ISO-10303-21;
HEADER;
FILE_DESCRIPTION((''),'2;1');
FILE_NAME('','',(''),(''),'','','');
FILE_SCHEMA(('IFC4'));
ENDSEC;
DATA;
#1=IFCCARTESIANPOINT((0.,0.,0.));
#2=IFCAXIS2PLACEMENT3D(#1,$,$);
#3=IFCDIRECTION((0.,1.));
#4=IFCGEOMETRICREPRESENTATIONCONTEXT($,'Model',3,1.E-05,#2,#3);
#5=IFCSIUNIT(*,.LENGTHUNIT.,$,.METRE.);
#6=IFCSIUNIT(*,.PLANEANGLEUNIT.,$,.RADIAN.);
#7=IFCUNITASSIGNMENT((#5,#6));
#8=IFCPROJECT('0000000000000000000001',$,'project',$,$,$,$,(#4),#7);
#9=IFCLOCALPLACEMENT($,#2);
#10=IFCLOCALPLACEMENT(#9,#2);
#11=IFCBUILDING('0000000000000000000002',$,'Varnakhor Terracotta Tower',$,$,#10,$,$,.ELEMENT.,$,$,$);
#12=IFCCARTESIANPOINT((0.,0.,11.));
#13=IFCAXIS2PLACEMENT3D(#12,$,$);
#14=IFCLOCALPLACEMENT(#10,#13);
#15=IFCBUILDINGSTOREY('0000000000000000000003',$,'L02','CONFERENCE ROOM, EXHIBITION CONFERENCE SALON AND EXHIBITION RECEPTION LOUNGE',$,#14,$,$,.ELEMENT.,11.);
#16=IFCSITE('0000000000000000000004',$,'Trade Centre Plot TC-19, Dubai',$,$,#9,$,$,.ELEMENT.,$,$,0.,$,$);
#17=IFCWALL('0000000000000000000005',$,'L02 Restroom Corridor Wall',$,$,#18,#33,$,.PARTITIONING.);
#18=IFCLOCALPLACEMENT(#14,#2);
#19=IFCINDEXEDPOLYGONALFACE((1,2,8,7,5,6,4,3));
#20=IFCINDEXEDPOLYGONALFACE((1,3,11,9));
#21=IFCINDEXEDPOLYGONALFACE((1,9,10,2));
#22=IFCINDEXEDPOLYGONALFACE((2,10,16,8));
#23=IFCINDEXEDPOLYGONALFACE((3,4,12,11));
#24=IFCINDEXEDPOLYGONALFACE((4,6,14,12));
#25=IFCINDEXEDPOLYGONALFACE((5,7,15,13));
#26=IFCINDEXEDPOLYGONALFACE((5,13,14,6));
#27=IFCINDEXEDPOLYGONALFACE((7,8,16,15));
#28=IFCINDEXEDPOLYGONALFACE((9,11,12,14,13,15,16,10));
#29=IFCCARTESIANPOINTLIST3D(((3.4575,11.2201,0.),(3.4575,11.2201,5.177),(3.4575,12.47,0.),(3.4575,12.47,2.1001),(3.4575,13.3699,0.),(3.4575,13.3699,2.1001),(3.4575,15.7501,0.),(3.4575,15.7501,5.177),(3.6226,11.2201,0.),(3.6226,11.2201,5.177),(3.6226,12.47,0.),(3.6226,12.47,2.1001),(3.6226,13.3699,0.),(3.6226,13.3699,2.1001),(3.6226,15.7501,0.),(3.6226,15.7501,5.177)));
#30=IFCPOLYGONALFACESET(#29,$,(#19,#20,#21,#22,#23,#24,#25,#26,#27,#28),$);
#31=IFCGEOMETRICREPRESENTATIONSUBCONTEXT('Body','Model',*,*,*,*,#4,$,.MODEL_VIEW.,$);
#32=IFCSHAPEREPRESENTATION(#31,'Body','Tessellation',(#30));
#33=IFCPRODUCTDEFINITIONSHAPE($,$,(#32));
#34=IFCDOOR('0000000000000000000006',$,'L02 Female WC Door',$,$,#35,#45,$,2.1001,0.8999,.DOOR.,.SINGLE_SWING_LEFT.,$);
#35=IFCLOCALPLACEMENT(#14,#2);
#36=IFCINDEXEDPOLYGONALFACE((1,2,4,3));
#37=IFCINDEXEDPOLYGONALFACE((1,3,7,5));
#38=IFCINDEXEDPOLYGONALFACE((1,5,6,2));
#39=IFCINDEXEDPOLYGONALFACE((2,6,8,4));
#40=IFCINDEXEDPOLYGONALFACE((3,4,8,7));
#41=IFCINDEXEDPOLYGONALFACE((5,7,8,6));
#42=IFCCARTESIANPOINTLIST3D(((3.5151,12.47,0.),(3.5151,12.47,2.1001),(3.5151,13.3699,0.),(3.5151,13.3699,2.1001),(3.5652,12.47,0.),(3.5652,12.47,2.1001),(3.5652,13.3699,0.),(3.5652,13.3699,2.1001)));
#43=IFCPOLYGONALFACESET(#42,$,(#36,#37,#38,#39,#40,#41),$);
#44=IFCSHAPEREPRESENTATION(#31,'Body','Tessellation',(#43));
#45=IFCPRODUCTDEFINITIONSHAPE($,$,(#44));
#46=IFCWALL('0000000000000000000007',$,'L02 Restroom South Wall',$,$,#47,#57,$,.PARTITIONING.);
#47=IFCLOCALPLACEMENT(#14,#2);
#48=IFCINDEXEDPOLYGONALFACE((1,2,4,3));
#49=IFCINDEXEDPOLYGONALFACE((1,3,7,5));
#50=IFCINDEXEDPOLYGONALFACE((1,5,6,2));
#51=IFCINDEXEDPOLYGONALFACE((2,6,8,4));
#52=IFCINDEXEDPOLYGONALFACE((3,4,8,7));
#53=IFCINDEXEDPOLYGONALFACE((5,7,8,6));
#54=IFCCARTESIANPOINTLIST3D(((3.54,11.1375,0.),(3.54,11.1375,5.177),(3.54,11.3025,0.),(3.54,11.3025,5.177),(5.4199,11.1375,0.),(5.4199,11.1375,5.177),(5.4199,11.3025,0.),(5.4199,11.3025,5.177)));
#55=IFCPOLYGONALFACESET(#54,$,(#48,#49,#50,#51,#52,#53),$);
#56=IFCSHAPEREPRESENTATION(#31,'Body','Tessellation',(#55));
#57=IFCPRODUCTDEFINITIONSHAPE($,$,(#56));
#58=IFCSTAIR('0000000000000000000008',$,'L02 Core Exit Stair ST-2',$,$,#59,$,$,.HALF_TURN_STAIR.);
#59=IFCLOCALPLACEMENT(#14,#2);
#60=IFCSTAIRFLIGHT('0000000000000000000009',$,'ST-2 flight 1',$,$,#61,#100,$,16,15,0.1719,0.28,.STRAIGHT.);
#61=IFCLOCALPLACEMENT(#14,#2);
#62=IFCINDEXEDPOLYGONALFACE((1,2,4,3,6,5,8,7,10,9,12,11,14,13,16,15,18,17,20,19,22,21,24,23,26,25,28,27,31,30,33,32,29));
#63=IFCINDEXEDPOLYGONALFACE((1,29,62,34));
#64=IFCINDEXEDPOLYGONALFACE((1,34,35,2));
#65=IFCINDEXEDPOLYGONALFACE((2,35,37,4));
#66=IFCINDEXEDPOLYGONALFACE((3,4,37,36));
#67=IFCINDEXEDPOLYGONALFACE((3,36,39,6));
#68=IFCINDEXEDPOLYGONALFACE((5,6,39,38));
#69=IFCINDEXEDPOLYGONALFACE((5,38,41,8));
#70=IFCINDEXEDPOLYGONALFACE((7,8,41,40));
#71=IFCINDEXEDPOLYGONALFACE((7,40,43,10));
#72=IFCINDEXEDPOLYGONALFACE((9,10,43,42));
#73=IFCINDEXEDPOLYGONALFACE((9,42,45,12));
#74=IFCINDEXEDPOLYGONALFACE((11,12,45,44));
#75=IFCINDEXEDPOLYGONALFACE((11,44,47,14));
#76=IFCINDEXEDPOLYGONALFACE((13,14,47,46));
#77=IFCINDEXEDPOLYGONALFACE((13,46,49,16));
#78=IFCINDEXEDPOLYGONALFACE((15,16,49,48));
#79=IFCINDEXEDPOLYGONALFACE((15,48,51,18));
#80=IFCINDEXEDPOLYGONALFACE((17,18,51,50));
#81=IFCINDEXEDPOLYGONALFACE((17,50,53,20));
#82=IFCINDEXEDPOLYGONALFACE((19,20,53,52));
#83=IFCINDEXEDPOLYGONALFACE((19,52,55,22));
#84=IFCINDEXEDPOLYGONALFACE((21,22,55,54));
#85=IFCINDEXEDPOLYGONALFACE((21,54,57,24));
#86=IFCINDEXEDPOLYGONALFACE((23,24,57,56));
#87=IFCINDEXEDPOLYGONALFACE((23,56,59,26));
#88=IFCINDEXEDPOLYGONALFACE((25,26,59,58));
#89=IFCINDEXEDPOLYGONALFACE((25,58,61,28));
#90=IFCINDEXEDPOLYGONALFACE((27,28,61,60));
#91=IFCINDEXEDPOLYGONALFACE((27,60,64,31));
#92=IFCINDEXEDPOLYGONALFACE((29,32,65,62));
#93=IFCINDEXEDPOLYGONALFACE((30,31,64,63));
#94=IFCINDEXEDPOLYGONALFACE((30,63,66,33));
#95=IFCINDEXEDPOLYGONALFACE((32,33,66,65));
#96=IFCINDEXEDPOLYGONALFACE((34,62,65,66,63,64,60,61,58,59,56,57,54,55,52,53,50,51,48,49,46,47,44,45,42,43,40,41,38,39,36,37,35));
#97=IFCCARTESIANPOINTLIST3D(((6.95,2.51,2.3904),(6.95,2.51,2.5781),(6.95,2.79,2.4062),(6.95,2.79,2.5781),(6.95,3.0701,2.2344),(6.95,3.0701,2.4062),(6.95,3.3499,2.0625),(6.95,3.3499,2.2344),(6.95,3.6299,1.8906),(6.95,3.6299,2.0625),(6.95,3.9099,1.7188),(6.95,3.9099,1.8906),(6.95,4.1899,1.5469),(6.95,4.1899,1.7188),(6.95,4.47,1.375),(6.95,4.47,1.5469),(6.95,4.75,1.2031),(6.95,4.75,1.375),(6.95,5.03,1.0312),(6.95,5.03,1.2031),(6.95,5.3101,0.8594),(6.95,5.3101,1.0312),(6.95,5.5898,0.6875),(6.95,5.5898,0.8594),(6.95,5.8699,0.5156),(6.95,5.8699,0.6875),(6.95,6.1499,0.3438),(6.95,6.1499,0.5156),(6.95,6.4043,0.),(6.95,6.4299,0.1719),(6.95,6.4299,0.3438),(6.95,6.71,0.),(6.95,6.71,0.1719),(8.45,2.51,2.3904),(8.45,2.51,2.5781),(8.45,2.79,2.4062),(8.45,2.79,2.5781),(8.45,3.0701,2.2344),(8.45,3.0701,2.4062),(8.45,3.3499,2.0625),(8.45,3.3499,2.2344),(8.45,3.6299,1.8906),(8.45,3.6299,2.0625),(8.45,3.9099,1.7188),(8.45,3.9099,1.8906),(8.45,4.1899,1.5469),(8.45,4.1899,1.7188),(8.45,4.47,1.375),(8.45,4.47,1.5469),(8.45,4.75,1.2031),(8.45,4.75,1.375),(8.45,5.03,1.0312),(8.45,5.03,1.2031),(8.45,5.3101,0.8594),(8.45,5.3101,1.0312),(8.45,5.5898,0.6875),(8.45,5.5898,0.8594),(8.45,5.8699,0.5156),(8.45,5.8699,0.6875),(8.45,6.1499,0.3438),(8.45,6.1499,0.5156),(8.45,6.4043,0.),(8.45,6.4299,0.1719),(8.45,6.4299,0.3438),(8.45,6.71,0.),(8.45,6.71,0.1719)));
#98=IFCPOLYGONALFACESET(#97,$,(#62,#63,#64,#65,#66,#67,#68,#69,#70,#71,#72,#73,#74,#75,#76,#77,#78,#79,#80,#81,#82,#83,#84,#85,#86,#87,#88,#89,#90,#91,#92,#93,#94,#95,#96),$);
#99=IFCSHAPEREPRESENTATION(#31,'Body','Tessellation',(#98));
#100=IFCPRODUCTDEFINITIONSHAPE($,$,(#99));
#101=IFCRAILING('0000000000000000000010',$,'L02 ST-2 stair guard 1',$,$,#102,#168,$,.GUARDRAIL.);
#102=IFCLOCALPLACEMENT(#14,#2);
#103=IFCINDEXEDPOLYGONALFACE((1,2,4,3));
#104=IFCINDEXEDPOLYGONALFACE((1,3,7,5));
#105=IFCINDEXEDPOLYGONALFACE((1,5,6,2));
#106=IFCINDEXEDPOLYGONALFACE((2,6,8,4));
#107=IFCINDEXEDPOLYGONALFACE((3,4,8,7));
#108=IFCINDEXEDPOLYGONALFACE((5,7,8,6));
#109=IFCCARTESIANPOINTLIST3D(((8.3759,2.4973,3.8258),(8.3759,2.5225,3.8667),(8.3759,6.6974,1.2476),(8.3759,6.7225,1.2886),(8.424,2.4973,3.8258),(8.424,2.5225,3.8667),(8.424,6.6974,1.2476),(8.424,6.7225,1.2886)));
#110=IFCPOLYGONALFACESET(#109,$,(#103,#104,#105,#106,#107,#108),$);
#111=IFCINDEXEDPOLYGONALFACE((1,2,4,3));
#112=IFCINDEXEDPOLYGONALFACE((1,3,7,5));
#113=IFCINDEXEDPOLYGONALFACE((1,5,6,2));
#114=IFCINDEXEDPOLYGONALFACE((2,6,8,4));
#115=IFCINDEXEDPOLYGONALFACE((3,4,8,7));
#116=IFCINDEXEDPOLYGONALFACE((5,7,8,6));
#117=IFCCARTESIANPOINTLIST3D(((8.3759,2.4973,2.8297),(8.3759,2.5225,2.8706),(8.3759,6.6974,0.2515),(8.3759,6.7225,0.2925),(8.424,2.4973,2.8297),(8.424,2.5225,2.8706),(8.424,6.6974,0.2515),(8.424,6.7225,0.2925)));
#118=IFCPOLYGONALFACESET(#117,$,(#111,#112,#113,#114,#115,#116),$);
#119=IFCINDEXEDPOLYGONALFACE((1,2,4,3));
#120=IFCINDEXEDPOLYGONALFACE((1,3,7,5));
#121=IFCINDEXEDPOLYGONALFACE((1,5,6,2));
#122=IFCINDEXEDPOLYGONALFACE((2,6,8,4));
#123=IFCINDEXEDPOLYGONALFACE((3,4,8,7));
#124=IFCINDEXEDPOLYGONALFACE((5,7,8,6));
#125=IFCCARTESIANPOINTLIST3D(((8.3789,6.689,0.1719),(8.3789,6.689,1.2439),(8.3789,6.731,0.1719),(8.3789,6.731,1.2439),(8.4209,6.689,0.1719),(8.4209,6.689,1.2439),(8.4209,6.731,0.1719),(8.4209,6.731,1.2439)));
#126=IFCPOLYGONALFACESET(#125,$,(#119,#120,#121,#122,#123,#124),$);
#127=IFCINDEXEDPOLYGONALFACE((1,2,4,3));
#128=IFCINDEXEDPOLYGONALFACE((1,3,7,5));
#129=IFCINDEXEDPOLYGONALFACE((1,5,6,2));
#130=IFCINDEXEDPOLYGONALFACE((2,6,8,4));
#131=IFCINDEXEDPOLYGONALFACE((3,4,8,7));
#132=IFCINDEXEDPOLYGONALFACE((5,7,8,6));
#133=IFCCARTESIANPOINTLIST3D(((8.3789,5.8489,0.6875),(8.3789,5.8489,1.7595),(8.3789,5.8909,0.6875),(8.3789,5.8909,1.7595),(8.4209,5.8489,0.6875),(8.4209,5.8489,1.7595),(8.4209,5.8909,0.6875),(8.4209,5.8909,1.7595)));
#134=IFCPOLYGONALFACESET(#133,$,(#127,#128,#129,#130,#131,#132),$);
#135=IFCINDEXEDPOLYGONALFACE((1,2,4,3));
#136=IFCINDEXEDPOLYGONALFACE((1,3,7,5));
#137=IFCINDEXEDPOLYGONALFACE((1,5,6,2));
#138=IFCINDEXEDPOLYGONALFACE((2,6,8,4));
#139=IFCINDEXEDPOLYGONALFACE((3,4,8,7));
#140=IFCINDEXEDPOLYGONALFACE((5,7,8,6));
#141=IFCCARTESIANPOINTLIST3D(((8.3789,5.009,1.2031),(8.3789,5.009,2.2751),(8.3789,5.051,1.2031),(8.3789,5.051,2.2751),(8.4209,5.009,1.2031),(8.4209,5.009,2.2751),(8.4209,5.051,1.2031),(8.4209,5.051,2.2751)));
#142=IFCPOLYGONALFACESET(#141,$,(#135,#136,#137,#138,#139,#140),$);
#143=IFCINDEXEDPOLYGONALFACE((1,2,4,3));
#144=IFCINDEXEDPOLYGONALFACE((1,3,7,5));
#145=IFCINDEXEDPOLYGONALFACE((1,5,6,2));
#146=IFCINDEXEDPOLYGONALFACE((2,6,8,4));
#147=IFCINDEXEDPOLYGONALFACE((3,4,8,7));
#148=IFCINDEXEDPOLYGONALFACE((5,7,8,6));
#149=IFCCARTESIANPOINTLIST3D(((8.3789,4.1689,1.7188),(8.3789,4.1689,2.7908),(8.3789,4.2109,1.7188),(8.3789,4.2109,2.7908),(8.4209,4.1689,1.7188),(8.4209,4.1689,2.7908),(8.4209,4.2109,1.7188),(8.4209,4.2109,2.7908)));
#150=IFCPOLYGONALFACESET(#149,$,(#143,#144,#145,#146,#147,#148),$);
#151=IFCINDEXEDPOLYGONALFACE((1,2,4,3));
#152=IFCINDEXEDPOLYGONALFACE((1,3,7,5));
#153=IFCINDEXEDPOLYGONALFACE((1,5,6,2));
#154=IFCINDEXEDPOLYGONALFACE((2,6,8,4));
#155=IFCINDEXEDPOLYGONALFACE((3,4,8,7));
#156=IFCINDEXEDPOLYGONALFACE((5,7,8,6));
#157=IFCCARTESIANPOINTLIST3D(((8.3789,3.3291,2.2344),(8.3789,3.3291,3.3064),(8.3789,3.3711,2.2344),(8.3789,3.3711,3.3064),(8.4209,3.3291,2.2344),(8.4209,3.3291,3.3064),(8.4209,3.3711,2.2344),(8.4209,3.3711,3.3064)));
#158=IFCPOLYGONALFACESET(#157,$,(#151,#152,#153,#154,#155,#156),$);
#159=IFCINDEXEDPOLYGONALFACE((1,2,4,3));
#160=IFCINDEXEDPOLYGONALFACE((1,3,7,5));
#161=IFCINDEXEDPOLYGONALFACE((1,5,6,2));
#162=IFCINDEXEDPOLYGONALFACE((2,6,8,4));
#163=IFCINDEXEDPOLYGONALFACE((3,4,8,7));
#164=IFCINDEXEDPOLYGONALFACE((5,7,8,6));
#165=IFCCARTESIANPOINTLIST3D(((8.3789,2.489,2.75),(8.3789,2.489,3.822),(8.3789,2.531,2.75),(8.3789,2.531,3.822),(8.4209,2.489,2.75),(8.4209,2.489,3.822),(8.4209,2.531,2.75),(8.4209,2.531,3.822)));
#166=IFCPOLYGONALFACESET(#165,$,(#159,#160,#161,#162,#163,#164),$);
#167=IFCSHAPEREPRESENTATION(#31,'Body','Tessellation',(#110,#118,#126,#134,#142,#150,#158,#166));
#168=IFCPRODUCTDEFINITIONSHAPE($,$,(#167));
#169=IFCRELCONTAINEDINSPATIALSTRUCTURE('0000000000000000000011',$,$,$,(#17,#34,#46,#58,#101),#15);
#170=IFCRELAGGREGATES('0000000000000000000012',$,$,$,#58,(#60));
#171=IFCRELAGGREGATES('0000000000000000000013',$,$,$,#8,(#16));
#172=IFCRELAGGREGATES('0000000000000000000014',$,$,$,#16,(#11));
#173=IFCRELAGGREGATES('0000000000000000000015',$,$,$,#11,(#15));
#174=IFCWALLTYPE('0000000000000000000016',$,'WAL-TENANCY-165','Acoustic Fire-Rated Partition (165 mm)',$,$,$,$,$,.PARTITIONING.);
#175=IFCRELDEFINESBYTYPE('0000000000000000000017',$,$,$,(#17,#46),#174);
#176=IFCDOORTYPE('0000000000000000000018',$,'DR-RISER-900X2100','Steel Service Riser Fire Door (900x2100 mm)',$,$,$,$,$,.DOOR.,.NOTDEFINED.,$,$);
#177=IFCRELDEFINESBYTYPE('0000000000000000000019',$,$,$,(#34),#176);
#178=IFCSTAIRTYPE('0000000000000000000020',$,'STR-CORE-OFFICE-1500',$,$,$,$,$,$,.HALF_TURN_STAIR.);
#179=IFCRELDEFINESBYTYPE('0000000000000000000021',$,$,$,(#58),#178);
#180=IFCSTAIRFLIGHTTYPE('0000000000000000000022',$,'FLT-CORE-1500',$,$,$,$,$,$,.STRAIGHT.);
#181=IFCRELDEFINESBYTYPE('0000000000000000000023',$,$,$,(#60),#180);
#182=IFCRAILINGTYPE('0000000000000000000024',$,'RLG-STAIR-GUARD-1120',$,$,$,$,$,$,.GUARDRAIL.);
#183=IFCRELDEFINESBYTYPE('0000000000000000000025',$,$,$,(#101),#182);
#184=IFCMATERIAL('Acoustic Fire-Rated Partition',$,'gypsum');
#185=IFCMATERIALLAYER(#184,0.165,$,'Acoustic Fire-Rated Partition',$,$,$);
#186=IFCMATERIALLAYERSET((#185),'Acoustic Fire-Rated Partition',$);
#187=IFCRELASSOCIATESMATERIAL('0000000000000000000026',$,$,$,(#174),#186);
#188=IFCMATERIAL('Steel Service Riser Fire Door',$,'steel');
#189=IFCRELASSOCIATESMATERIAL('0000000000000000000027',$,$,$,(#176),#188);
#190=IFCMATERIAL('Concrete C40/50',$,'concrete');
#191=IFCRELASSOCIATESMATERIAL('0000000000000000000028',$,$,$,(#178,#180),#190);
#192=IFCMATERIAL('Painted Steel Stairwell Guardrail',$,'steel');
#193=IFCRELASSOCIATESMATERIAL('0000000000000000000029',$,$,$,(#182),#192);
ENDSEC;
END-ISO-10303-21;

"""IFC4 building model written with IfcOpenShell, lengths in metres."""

from ifc_helpers import new_model, si_unit, direction, frame, frame_2d, origin, origin_2d, place, context, subcontext, project, spatial, polyline, rectangle, outline, extrude, source, transform, mapped, material, layer, layer_set, type_object, type_shapes, element, fill, aggregate, save


model = new_model("IFC4")

# Units and contexts
model_context = context("Model", 3, precision=1e-05, world=origin(), true_north=direction((0.0, 1.0)))
body_context = subcontext(model_context, "Body", "Model", "MODEL_VIEW")
ifc_project = project(units=[si_unit("LENGTHUNIT", "METRE"), si_unit("PLANEANGLEUNIT", "RADIAN")], contexts=[model_context])

# Site, building, storey
site_placement = place(None, origin())
site = spatial("IfcSite", under=ifc_project, at=site_placement, Name="Trade Centre Plot TC-19, Dubai", CompositionType="ELEMENT", RefElevation=0.0)
building_placement = place(site_placement, origin())
building = spatial("IfcBuilding", under=site, at=building_placement, Name="Varnakhor Terracotta Tower", CompositionType="ELEMENT")
storey_placement = place(building_placement, frame((0.0, 0.0, 11.0)))
storey = spatial("IfcBuildingStorey", under=building, at=storey_placement, Name="L02", Description="CONFERENCE ROOM, EXHIBITION CONFERENCE SALON AND EXHIBITION RECEPTION LOUNGE", CompositionType="ELEMENT", Elevation=11.0)

# Shared definitions
ifc_material_1 = material(Name="Concrete C40/50", Category="concrete")

# Shared definitions
ifc_material_2 = material(Name="Acoustic Fire-Rated Partition", Category="gypsum")
ifc_layer_1 = layer(ifc_material_2, 0.165, Name="Acoustic Fire-Rated Partition")
ifc_layer_set_1 = layer_set([ifc_layer_1], Name="Acoustic Fire-Rated Partition")
wall_type_1 = type_object("IfcWallType", Name="WAL-TENANCY-165", Description="Acoustic Fire-Rated Partition (165 mm)", PredefinedType="PARTITIONING", material=ifc_layer_set_1)
ifc_material_3 = material(Name="Steel Service Riser Fire Door", Category="steel")
door_type = type_object("IfcDoorType", Name="DR-RISER-900X2100", Description="Steel Service Riser Fire Door (900x2100 mm)", OperationType="NOTDEFINED", PredefinedType="DOOR", material=ifc_material_3)
shared_shape_1 = source(origin(), body_context, "Body", "SweptSolid", [
    extrude(rectangle(XDim=0.8999, YDim=2.1001, at=frame_2d((0.45, 1.05))), frame((0.0, 0.0249, 0.0), z_axis=(0.0, -1.0, 0.0), x_axis=(1.0, 0.0, 0.0)), (0.0, 0.0, 1.0), 0.05),
])
type_shapes(door_type, [shared_shape_1])

# Wall, opening, door
wall_1_placement = place(storey_placement, frame((3.54, 11.22, 0.0), z_axis=(0.0, 0.0, 1.0), x_axis=(0.0, 1.0, 0.0)))
wall_1 = element("IfcWall", 1, at=wall_1_placement, inside=storey, type_object=wall_type_1, Name="L02 Restroom Corridor Wall", PredefinedType="PARTITIONING", context=body_context, shape_type="SweptSolid", body=[
    extrude(rectangle(XDim=4.53, YDim=0.165, at=frame_2d((2.2651, 0.0))), origin(), (0.0, 0.0, 1.0), 5.177),
])
opening_1_placement = place(wall_1_placement, frame((1.25, 0.0, 0.0)))
opening_1 = element("IfcOpeningElement", 2, at=opening_1_placement, cuts=wall_1, PredefinedType="OPENING", context=body_context, shape_type="SweptSolid", body=[
    extrude(rectangle(XDim=0.8999, YDim=2.1001, at=frame_2d((0.45, 1.05))), frame((0.0, 0.0925, 0.0), z_axis=(0.0, -1.0, 0.0), x_axis=(1.0, 0.0, 0.0)), (0.0, 0.0, 1.0), 0.1851),
])
door_1_placement = place(opening_1_placement, origin())
door_1 = element("IfcDoor", 3, at=door_1_placement, inside=storey, type_object=door_type, Name="L02 Female WC Door", OperationType="SINGLE_SWING_LEFT", OverallHeight=2.1001, OverallWidth=0.8999, PredefinedType="DOOR", context=body_context, shape_type="MappedRepresentation", body=[
    mapped(shared_shape_1, transform((0.0, 0.0, 0.0), scale=1.0)),
])
fill(opening_1, door_1)

# Wall
wall_2_placement = place(storey_placement, frame((3.54, 11.22, 0.0), z_axis=(0.0, 0.0, 1.0), x_axis=(1.0, 0.0, 0.0)))
element("IfcWall", 4, at=wall_2_placement, inside=storey, type_object=wall_type_1, Name="L02 Restroom South Wall", PredefinedType="PARTITIONING", context=body_context, shape_type="SweptSolid", body=[
    extrude(rectangle(XDim=1.8799, YDim=0.165, at=frame_2d((0.9399, 0.0))), origin(), (0.0, 0.0, 1.0), 5.177),
])

# Stair, stair flight
stair_type = type_object("IfcStairType", Name="STR-CORE-OFFICE-1500", PredefinedType="HALF_TURN_STAIR", material=ifc_material_1)
stair_placement = place(storey_placement, origin())
stair = element("IfcStair", 5, at=stair_placement, inside=storey, type_object=stair_type, Name="L02 Core Exit Stair ST-2", PredefinedType="HALF_TURN_STAIR")
stair_flight_type = type_object("IfcStairFlightType", Name="FLT-CORE-1500", PredefinedType="STRAIGHT", material=ifc_material_1)
stair_flight_placement = place(storey_placement, frame((7.7, 6.71, 0.0), z_axis=(0.0, 0.0, 1.0), x_axis=(0.0, -1.0, 0.0)))
stair_flight = element("IfcStairFlight", 6, at=stair_flight_placement, type_object=stair_flight_type, Name="ST-2 flight 1", NumberOfRisers=16, NumberOfTreads=15, PredefinedType="STRAIGHT", RiserHeight=0.1719, TreadLength=0.28, context=body_context, shape_type="SweptSolid", body=[
    extrude(outline(polyline([(0.0, 0.0), (0.0, 0.1719), (0.28, 0.1719), (0.28, 0.3438), (0.5601, 0.3438), (0.5601, 0.5156), (0.8401, 0.5156), (0.8401, 0.6875), (1.1201, 0.6875), (1.1201, 0.8594), (1.3999, 0.8594), (1.3999, 1.0312), (1.6799, 1.0312), (1.6799, 1.2031), (1.96, 1.2031), (1.96, 1.375), (2.24, 1.375), (2.24, 1.5469), (2.52, 1.5469), (2.52, 1.7188), (2.8, 1.7188), (2.8, 1.8906), (3.0801, 1.8906), (3.0801, 2.0625), (3.3601, 2.0625), (3.3601, 2.2344), (3.6399, 2.2344), (3.6399, 2.4062), (3.9199, 2.4062), (3.9199, 2.5781), (4.2, 2.5781), (4.2, 2.75), (4.2, 2.3904), (0.3057, 0.0), (0.0, 0.0)])), frame((0.0, 0.75, 0.0), z_axis=(0.0, -1.0, 0.0), x_axis=(1.0, 0.0, 0.0)), (0.0, 0.0, 1.0), 1.5),
])
aggregate(stair, [stair_flight])

# Railing
ifc_material_4 = material(Name="Painted Steel Stairwell Guardrail", Category="steel")
railing_type_1 = type_object("IfcRailingType", Name="RLG-STAIR-GUARD-1120", PredefinedType="GUARDRAIL", material=ifc_material_4)
railing_1_placement = place(storey_placement, frame((8.3999, 6.71, 0.1719)))
element("IfcRailing", 7, at=railing_1_placement, inside=storey, type_object=railing_type_1, Name="L02 ST-2 stair guard 1", PredefinedType="GUARDRAIL", context=body_context, shape_type="SweptSolid", body=[
    extrude(rectangle(XDim=0.0481, YDim=0.0481, at=origin_2d()), frame((0.0, 0.0, 1.0962), z_axis=(0.0, -0.852243, 0.523146), x_axis=(1.0, 0.0, 0.0)), (0.0, 0.0, 1.0), 4.9282),
    extrude(rectangle(XDim=0.0481, YDim=0.0481, at=origin_2d()), frame((0.0, 0.0, 0.1001), z_axis=(0.0, -0.852243, 0.523146), x_axis=(1.0, 0.0, 0.0)), (0.0, 0.0, 1.0), 4.9282),
    extrude(rectangle(XDim=0.042, YDim=0.042, at=origin_2d()), origin(), (0.0, 0.0, 1.0), 1.072),
    extrude(rectangle(XDim=0.042, YDim=0.042, at=origin_2d()), frame((0.0, -0.8401, 0.5156)), (0.0, 0.0, 1.0), 1.072),
    extrude(rectangle(XDim=0.042, YDim=0.042, at=origin_2d()), frame((0.0, -1.6799, 1.0312)), (0.0, 0.0, 1.0), 1.072),
    extrude(rectangle(XDim=0.042, YDim=0.042, at=origin_2d()), frame((0.0, -2.52, 1.5469)), (0.0, 0.0, 1.0), 1.072),
    extrude(rectangle(XDim=0.042, YDim=0.042, at=origin_2d()), frame((0.0, -3.3599, 2.0625)), (0.0, 0.0, 1.0), 1.072),
    extrude(rectangle(XDim=0.042, YDim=0.042, at=origin_2d()), frame((0.0, -4.2, 2.5781)), (0.0, 0.0, 1.0), 1.072),
])

save(model, "model.ifc")
